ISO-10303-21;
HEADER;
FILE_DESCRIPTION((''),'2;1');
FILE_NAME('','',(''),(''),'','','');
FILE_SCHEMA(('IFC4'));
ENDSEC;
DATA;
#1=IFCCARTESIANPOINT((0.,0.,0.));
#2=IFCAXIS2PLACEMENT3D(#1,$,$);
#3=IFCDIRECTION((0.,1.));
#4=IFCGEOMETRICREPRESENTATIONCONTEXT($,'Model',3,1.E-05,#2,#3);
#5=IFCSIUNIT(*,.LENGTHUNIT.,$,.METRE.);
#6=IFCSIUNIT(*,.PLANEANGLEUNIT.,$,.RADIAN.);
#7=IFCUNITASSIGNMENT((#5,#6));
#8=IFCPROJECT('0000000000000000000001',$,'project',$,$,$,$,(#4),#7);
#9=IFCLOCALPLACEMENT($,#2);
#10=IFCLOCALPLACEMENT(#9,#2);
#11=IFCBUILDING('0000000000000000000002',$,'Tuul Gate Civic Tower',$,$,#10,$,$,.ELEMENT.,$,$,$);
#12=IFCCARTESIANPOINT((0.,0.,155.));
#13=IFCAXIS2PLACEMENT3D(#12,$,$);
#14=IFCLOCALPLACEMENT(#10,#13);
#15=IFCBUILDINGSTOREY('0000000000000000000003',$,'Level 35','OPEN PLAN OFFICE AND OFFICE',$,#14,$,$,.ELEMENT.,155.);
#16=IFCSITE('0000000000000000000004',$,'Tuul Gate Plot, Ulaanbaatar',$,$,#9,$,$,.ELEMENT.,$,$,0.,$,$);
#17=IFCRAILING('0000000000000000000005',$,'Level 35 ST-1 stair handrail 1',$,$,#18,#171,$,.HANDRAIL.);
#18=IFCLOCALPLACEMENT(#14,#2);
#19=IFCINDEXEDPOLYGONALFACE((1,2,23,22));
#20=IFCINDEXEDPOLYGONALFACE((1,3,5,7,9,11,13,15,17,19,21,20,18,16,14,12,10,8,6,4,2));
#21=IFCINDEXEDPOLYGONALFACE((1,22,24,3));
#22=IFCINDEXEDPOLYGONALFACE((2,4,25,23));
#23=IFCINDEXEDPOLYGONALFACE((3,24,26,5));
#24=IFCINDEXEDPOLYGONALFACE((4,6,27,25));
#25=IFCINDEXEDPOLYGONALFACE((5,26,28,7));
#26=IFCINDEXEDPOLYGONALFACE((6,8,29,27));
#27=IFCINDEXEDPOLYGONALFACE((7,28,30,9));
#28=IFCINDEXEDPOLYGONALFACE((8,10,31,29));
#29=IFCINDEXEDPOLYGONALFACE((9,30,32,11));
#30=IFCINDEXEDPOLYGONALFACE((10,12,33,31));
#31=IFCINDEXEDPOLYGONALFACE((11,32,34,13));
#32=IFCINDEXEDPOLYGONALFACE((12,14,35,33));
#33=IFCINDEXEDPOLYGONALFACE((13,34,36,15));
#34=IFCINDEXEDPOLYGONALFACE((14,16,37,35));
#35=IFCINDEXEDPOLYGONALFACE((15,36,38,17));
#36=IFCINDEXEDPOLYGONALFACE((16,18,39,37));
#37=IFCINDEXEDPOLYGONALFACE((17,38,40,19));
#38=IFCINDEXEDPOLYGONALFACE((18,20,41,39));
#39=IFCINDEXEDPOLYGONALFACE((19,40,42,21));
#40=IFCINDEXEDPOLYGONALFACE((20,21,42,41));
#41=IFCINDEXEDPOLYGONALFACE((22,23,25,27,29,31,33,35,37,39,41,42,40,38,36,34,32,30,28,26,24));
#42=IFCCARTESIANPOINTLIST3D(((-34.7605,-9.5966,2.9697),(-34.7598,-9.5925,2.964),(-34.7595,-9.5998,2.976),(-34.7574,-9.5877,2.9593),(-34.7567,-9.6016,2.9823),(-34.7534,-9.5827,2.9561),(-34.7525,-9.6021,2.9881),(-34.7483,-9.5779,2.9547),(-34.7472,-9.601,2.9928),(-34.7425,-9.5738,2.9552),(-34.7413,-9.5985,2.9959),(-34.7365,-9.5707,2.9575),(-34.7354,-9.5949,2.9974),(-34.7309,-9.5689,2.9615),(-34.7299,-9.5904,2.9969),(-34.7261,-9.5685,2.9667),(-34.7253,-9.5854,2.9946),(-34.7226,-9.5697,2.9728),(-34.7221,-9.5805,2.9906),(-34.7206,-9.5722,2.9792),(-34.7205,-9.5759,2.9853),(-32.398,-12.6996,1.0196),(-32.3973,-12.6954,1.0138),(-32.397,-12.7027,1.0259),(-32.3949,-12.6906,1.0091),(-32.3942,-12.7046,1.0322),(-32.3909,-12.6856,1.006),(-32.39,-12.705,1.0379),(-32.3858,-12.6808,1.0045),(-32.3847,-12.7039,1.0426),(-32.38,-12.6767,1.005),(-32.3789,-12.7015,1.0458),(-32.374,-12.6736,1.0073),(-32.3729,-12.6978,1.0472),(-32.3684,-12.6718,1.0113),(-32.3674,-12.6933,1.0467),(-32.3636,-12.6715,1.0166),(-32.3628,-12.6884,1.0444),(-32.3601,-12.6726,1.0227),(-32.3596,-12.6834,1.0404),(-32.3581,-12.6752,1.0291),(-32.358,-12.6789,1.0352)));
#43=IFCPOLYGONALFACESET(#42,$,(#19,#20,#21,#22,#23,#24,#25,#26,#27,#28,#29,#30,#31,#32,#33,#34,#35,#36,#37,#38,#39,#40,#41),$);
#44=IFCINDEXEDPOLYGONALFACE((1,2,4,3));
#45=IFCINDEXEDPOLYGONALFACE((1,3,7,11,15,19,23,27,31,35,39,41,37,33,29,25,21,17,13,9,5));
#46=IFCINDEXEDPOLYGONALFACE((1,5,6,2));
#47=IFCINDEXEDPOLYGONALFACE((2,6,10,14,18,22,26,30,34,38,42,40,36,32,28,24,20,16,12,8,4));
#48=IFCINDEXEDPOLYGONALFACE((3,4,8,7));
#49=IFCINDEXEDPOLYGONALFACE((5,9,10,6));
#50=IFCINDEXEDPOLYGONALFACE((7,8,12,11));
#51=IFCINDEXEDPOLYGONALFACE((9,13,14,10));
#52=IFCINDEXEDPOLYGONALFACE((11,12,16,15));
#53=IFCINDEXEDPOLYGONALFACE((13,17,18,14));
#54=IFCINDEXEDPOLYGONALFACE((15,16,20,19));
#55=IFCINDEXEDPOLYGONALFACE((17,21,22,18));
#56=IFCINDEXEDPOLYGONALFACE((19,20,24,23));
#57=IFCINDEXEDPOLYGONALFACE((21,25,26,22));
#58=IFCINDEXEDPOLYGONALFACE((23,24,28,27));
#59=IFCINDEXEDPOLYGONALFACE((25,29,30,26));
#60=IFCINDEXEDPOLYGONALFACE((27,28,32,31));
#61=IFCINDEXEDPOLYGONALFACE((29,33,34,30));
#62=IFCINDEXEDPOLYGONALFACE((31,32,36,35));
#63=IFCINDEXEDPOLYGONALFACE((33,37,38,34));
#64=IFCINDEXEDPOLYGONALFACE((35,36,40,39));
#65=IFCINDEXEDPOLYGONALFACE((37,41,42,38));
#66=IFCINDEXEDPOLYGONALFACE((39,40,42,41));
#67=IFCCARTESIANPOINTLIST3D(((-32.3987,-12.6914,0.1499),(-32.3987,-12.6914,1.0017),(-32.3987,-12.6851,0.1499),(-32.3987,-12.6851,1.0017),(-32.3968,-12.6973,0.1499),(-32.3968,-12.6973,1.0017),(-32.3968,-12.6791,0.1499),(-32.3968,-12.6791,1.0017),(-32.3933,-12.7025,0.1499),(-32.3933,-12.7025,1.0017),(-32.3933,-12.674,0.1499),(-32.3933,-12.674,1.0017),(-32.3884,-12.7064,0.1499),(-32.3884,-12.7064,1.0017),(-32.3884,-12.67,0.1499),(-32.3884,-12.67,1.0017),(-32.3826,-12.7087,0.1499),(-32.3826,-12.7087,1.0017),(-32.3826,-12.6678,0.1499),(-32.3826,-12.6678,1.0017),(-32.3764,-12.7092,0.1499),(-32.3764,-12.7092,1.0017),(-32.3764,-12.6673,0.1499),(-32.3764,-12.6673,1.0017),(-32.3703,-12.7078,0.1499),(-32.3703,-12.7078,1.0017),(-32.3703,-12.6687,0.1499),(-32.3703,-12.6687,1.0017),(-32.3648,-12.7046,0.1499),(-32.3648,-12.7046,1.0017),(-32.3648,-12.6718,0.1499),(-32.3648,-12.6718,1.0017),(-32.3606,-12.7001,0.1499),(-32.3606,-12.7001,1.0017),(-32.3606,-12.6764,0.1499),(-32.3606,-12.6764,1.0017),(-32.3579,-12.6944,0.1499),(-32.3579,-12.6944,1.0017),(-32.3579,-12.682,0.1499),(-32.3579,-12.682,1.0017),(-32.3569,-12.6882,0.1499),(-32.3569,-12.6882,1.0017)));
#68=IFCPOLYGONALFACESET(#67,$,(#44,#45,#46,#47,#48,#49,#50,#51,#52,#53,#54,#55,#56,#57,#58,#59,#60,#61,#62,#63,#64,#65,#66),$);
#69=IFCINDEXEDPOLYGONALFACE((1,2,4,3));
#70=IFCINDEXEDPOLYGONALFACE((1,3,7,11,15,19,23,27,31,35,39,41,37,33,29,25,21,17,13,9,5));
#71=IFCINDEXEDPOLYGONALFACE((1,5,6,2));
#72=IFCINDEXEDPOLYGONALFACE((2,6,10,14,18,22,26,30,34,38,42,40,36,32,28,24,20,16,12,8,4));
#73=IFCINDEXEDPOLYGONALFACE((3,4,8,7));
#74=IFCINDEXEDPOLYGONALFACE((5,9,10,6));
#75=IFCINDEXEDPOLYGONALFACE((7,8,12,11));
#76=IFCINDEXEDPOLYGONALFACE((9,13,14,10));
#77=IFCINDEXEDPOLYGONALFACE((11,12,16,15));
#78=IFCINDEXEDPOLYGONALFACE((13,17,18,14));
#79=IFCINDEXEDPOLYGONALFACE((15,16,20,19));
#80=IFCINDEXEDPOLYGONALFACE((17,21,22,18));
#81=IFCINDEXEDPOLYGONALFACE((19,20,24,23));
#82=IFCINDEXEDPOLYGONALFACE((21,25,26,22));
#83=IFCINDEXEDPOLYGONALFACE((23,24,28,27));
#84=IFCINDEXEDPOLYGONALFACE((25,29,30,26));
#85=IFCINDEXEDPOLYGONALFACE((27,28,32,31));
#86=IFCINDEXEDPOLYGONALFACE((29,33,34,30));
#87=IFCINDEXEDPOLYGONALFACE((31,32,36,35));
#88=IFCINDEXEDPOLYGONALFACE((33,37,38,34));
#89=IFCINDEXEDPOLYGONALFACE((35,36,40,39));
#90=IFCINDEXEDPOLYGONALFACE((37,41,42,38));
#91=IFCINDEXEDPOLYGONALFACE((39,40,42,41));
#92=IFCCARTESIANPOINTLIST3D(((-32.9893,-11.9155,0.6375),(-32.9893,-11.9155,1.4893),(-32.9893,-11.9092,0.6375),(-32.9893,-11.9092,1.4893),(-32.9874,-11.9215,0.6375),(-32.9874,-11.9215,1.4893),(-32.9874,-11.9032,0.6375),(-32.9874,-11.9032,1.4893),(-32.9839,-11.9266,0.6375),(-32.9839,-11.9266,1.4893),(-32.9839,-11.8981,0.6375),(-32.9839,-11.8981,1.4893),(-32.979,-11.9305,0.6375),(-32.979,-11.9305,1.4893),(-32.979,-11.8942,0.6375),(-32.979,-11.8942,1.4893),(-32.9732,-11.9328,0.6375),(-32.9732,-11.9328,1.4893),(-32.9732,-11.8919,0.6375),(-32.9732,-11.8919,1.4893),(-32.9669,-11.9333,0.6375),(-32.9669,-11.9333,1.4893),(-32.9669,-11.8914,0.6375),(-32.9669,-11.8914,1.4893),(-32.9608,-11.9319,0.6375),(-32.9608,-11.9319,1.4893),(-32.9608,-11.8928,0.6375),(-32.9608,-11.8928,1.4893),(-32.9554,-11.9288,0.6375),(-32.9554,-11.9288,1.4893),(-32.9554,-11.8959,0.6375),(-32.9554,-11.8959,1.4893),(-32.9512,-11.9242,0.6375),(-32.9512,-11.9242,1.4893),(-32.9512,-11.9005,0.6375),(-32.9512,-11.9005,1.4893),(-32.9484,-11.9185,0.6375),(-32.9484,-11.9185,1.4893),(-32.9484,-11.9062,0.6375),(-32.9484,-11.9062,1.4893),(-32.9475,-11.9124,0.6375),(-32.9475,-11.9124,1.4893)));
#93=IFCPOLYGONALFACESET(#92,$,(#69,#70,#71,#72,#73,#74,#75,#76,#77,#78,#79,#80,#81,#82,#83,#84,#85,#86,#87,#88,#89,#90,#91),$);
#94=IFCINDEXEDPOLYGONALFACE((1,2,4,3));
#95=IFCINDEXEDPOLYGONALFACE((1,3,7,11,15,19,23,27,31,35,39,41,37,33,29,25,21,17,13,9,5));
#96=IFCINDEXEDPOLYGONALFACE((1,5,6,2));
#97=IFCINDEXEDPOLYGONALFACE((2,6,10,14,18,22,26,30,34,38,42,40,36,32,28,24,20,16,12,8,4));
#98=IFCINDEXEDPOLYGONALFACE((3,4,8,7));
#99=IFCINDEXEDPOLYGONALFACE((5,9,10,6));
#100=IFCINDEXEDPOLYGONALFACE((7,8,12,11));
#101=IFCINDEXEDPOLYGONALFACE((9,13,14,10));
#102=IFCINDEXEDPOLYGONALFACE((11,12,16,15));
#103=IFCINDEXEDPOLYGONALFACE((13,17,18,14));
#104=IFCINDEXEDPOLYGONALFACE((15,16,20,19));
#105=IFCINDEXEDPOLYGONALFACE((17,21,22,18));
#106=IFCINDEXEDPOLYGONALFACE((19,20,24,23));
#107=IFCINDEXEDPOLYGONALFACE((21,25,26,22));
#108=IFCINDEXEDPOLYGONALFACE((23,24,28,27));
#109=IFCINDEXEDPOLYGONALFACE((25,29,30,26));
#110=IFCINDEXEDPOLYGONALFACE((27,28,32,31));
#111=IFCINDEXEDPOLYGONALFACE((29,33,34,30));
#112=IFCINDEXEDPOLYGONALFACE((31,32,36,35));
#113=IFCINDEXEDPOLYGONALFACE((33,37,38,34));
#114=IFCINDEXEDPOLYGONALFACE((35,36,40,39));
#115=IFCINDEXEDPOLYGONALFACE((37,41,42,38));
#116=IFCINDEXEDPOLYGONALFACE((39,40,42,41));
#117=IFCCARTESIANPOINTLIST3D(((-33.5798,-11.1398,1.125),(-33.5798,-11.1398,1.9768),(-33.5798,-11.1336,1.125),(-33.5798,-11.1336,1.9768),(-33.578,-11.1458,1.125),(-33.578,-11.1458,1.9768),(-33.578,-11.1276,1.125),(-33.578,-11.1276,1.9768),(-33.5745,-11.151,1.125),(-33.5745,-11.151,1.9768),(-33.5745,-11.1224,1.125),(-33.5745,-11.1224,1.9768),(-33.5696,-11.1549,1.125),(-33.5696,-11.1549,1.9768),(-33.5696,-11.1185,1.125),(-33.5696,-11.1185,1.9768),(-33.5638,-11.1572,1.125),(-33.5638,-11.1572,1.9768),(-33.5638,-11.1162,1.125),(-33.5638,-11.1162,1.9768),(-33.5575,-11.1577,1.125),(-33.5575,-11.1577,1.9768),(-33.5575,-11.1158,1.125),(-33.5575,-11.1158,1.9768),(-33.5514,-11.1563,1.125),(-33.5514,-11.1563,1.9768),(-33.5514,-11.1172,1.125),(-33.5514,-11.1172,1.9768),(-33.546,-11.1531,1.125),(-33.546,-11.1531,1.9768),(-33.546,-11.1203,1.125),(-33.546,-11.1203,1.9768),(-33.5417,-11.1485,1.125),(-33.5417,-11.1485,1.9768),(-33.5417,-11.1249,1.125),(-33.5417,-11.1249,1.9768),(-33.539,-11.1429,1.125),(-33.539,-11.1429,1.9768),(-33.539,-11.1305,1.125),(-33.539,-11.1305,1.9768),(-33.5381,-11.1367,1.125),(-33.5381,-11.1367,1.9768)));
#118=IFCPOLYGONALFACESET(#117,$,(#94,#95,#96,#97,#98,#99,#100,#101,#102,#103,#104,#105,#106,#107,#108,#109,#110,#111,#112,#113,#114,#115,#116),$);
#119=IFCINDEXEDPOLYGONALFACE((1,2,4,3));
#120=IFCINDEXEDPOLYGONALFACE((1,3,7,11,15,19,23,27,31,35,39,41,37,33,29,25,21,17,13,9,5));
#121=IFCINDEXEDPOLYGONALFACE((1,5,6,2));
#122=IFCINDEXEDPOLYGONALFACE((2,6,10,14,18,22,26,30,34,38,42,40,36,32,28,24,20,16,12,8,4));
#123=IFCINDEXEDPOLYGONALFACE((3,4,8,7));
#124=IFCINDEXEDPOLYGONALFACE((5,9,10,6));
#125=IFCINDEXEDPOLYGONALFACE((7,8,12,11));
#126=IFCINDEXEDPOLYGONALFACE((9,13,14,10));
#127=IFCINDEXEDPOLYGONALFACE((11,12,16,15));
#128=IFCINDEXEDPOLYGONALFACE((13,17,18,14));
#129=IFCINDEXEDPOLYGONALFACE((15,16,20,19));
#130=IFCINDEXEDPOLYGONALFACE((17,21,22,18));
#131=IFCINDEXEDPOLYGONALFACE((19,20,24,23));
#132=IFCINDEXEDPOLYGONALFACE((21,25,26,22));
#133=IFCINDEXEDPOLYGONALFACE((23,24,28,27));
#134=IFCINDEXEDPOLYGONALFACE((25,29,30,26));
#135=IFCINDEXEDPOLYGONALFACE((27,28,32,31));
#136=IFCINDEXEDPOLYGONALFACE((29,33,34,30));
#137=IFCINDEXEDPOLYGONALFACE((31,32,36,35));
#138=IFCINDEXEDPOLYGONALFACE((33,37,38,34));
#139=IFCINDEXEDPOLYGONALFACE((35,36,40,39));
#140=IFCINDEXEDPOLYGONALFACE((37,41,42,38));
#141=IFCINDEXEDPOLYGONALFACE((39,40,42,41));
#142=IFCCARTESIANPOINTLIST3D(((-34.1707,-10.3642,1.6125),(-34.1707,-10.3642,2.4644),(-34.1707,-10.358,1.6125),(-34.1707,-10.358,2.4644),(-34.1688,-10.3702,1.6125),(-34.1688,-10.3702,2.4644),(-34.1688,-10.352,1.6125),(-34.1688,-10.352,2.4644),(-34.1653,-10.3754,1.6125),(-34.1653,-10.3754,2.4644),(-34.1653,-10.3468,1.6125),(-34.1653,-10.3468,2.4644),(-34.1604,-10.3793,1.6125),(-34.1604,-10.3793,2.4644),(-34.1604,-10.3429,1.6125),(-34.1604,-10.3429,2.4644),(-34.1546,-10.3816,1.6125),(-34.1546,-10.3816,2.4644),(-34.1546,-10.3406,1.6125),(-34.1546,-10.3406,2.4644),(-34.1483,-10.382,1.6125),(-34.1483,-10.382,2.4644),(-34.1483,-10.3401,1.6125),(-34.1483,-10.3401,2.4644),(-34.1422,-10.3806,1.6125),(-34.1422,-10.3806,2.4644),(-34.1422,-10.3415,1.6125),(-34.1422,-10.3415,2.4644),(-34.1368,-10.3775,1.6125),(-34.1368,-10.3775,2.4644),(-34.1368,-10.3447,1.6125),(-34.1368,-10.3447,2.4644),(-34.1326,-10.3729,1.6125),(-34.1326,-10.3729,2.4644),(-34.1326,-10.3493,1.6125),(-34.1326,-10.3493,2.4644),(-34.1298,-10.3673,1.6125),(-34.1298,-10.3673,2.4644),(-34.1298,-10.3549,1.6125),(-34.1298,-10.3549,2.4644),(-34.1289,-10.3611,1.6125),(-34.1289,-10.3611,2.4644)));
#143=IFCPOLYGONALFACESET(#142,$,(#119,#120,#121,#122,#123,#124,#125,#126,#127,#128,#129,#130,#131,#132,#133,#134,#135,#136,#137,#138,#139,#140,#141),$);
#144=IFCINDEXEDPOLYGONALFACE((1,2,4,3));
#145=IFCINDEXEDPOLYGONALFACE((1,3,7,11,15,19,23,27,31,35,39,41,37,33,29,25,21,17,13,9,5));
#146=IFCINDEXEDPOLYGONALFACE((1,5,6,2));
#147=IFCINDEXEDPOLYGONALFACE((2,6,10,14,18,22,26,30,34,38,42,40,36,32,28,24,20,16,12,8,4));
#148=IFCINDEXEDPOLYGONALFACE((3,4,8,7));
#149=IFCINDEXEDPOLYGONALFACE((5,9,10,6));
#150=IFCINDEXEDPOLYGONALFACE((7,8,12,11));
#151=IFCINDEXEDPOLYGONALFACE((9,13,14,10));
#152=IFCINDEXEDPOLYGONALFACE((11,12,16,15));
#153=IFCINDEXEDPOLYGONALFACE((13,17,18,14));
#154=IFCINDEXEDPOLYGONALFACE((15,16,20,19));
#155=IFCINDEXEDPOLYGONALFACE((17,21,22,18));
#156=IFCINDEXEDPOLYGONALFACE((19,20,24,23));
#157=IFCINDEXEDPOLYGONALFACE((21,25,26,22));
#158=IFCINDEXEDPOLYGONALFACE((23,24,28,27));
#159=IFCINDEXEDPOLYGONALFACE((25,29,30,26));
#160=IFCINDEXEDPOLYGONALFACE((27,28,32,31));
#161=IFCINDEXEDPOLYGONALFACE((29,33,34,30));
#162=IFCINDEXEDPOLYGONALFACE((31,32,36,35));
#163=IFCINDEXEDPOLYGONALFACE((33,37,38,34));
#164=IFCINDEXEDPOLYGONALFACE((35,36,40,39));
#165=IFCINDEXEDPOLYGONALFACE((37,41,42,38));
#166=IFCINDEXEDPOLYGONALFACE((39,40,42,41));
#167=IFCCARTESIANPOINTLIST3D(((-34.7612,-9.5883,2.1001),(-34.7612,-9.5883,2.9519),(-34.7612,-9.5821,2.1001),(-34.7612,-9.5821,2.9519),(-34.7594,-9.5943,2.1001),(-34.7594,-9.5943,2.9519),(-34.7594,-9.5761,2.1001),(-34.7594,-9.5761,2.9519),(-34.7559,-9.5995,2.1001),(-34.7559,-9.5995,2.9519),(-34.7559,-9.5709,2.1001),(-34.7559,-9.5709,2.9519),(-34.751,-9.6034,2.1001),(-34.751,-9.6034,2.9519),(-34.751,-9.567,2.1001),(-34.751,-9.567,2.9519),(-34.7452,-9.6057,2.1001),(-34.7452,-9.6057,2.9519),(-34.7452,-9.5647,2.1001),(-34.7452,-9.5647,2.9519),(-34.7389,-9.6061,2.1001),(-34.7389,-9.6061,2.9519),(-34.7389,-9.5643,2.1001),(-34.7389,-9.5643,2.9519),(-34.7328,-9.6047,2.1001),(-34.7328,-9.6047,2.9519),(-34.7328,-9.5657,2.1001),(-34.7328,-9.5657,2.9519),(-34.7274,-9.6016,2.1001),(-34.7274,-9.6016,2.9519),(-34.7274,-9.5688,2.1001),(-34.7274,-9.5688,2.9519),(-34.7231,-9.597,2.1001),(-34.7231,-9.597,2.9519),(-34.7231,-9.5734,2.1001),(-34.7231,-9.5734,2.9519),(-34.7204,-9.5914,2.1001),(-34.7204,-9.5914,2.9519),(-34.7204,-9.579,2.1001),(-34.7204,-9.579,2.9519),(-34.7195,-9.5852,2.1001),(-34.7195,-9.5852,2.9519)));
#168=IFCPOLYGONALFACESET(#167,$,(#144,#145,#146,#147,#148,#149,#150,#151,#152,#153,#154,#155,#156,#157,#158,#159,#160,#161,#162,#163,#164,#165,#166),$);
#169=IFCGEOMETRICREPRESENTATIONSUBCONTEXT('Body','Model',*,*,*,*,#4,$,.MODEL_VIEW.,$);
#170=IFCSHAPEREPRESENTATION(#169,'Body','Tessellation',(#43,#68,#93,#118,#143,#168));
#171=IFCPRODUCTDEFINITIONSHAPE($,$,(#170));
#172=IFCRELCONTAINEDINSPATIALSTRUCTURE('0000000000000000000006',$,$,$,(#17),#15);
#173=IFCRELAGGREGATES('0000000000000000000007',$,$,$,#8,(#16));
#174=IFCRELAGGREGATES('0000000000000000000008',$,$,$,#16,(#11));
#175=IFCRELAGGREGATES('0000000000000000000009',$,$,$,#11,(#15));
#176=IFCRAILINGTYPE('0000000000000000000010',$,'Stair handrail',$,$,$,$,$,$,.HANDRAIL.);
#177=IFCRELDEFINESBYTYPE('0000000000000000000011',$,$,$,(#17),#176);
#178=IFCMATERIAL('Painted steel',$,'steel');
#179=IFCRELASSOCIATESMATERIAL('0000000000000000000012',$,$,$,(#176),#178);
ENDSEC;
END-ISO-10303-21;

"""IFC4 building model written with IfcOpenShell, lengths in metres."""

from ifc_helpers import new_model, si_unit, direction, frame, origin, origin_2d, place, context, subcontext, project, spatial, circle, extrude, material, type_object, element, save


model = new_model("IFC4")

# Units and contexts
model_context = context("Model", 3, precision=1e-05, world=origin(), true_north=direction((0.0, 1.0)))
body_context = subcontext(model_context, "Body", "Model", "MODEL_VIEW")
ifc_project = project(units=[si_unit("LENGTHUNIT", "METRE"), si_unit("PLANEANGLEUNIT", "RADIAN")], contexts=[model_context])

# Site, building, storey
site_placement = place(None, origin())
site = spatial("IfcSite", under=ifc_project, at=site_placement, Name="Tuul Gate Plot, Ulaanbaatar", CompositionType="ELEMENT", RefElevation=0.0)
building_placement = place(site_placement, origin())
building = spatial("IfcBuilding", under=site, at=building_placement, Name="Tuul Gate Civic Tower", CompositionType="ELEMENT")
storey_placement = place(building_placement, frame((0.0, 0.0, 155.0)))
storey = spatial("IfcBuildingStorey", under=building, at=storey_placement, Name="Level 35", Description="OPEN PLAN OFFICE AND OFFICE", CompositionType="ELEMENT", Elevation=155.0)

# Railing
ifc_material_1 = material(Name="Painted steel", Category="steel")
railing_type_1 = type_object("IfcRailingType", Name="Stair handrail", PredefinedType="HANDRAIL", material=ifc_material_1)
railing_1_placement = place(storey_placement, frame((-32.3779, -12.6882, 0.1499)))
element("IfcRailing", 1, at=railing_1_placement, inside=storey, type_object=railing_type_1, Name="Level 35 ST-1 stair handrail 1", PredefinedType="HANDRAIL", context=body_context, shape_type="SweptSolid", body=[
    extrude(circle(Radius=0.0239, at=origin_2d()), frame((0.0, 0.0, 0.876), z_axis=(-0.541811, 0.711627, 0.447245), x_axis=(-0.795637, -0.605773, 0.0)), (0.0, 0.0, 1.0), 4.3604),
    extrude(circle(Radius=0.021, at=origin_2d()), origin(), (0.0, 0.0, 1.0), 0.8518),
    extrude(circle(Radius=0.021, at=origin_2d()), frame((-0.5906, 0.7759, 0.4875)), (0.0, 0.0, 1.0), 0.8518),
    extrude(circle(Radius=0.021, at=origin_2d()), frame((-1.1812, 1.5515, 0.9751)), (0.0, 0.0, 1.0), 0.8518),
    extrude(circle(Radius=0.021, at=origin_2d()), frame((-1.772, 2.3271, 1.4626)), (0.0, 0.0, 1.0), 0.8518),
    extrude(circle(Radius=0.021, at=origin_2d()), frame((-2.3625, 3.103, 1.9502)), (0.0, 0.0, 1.0), 0.8518),
])

save(model, "model.ifc")
